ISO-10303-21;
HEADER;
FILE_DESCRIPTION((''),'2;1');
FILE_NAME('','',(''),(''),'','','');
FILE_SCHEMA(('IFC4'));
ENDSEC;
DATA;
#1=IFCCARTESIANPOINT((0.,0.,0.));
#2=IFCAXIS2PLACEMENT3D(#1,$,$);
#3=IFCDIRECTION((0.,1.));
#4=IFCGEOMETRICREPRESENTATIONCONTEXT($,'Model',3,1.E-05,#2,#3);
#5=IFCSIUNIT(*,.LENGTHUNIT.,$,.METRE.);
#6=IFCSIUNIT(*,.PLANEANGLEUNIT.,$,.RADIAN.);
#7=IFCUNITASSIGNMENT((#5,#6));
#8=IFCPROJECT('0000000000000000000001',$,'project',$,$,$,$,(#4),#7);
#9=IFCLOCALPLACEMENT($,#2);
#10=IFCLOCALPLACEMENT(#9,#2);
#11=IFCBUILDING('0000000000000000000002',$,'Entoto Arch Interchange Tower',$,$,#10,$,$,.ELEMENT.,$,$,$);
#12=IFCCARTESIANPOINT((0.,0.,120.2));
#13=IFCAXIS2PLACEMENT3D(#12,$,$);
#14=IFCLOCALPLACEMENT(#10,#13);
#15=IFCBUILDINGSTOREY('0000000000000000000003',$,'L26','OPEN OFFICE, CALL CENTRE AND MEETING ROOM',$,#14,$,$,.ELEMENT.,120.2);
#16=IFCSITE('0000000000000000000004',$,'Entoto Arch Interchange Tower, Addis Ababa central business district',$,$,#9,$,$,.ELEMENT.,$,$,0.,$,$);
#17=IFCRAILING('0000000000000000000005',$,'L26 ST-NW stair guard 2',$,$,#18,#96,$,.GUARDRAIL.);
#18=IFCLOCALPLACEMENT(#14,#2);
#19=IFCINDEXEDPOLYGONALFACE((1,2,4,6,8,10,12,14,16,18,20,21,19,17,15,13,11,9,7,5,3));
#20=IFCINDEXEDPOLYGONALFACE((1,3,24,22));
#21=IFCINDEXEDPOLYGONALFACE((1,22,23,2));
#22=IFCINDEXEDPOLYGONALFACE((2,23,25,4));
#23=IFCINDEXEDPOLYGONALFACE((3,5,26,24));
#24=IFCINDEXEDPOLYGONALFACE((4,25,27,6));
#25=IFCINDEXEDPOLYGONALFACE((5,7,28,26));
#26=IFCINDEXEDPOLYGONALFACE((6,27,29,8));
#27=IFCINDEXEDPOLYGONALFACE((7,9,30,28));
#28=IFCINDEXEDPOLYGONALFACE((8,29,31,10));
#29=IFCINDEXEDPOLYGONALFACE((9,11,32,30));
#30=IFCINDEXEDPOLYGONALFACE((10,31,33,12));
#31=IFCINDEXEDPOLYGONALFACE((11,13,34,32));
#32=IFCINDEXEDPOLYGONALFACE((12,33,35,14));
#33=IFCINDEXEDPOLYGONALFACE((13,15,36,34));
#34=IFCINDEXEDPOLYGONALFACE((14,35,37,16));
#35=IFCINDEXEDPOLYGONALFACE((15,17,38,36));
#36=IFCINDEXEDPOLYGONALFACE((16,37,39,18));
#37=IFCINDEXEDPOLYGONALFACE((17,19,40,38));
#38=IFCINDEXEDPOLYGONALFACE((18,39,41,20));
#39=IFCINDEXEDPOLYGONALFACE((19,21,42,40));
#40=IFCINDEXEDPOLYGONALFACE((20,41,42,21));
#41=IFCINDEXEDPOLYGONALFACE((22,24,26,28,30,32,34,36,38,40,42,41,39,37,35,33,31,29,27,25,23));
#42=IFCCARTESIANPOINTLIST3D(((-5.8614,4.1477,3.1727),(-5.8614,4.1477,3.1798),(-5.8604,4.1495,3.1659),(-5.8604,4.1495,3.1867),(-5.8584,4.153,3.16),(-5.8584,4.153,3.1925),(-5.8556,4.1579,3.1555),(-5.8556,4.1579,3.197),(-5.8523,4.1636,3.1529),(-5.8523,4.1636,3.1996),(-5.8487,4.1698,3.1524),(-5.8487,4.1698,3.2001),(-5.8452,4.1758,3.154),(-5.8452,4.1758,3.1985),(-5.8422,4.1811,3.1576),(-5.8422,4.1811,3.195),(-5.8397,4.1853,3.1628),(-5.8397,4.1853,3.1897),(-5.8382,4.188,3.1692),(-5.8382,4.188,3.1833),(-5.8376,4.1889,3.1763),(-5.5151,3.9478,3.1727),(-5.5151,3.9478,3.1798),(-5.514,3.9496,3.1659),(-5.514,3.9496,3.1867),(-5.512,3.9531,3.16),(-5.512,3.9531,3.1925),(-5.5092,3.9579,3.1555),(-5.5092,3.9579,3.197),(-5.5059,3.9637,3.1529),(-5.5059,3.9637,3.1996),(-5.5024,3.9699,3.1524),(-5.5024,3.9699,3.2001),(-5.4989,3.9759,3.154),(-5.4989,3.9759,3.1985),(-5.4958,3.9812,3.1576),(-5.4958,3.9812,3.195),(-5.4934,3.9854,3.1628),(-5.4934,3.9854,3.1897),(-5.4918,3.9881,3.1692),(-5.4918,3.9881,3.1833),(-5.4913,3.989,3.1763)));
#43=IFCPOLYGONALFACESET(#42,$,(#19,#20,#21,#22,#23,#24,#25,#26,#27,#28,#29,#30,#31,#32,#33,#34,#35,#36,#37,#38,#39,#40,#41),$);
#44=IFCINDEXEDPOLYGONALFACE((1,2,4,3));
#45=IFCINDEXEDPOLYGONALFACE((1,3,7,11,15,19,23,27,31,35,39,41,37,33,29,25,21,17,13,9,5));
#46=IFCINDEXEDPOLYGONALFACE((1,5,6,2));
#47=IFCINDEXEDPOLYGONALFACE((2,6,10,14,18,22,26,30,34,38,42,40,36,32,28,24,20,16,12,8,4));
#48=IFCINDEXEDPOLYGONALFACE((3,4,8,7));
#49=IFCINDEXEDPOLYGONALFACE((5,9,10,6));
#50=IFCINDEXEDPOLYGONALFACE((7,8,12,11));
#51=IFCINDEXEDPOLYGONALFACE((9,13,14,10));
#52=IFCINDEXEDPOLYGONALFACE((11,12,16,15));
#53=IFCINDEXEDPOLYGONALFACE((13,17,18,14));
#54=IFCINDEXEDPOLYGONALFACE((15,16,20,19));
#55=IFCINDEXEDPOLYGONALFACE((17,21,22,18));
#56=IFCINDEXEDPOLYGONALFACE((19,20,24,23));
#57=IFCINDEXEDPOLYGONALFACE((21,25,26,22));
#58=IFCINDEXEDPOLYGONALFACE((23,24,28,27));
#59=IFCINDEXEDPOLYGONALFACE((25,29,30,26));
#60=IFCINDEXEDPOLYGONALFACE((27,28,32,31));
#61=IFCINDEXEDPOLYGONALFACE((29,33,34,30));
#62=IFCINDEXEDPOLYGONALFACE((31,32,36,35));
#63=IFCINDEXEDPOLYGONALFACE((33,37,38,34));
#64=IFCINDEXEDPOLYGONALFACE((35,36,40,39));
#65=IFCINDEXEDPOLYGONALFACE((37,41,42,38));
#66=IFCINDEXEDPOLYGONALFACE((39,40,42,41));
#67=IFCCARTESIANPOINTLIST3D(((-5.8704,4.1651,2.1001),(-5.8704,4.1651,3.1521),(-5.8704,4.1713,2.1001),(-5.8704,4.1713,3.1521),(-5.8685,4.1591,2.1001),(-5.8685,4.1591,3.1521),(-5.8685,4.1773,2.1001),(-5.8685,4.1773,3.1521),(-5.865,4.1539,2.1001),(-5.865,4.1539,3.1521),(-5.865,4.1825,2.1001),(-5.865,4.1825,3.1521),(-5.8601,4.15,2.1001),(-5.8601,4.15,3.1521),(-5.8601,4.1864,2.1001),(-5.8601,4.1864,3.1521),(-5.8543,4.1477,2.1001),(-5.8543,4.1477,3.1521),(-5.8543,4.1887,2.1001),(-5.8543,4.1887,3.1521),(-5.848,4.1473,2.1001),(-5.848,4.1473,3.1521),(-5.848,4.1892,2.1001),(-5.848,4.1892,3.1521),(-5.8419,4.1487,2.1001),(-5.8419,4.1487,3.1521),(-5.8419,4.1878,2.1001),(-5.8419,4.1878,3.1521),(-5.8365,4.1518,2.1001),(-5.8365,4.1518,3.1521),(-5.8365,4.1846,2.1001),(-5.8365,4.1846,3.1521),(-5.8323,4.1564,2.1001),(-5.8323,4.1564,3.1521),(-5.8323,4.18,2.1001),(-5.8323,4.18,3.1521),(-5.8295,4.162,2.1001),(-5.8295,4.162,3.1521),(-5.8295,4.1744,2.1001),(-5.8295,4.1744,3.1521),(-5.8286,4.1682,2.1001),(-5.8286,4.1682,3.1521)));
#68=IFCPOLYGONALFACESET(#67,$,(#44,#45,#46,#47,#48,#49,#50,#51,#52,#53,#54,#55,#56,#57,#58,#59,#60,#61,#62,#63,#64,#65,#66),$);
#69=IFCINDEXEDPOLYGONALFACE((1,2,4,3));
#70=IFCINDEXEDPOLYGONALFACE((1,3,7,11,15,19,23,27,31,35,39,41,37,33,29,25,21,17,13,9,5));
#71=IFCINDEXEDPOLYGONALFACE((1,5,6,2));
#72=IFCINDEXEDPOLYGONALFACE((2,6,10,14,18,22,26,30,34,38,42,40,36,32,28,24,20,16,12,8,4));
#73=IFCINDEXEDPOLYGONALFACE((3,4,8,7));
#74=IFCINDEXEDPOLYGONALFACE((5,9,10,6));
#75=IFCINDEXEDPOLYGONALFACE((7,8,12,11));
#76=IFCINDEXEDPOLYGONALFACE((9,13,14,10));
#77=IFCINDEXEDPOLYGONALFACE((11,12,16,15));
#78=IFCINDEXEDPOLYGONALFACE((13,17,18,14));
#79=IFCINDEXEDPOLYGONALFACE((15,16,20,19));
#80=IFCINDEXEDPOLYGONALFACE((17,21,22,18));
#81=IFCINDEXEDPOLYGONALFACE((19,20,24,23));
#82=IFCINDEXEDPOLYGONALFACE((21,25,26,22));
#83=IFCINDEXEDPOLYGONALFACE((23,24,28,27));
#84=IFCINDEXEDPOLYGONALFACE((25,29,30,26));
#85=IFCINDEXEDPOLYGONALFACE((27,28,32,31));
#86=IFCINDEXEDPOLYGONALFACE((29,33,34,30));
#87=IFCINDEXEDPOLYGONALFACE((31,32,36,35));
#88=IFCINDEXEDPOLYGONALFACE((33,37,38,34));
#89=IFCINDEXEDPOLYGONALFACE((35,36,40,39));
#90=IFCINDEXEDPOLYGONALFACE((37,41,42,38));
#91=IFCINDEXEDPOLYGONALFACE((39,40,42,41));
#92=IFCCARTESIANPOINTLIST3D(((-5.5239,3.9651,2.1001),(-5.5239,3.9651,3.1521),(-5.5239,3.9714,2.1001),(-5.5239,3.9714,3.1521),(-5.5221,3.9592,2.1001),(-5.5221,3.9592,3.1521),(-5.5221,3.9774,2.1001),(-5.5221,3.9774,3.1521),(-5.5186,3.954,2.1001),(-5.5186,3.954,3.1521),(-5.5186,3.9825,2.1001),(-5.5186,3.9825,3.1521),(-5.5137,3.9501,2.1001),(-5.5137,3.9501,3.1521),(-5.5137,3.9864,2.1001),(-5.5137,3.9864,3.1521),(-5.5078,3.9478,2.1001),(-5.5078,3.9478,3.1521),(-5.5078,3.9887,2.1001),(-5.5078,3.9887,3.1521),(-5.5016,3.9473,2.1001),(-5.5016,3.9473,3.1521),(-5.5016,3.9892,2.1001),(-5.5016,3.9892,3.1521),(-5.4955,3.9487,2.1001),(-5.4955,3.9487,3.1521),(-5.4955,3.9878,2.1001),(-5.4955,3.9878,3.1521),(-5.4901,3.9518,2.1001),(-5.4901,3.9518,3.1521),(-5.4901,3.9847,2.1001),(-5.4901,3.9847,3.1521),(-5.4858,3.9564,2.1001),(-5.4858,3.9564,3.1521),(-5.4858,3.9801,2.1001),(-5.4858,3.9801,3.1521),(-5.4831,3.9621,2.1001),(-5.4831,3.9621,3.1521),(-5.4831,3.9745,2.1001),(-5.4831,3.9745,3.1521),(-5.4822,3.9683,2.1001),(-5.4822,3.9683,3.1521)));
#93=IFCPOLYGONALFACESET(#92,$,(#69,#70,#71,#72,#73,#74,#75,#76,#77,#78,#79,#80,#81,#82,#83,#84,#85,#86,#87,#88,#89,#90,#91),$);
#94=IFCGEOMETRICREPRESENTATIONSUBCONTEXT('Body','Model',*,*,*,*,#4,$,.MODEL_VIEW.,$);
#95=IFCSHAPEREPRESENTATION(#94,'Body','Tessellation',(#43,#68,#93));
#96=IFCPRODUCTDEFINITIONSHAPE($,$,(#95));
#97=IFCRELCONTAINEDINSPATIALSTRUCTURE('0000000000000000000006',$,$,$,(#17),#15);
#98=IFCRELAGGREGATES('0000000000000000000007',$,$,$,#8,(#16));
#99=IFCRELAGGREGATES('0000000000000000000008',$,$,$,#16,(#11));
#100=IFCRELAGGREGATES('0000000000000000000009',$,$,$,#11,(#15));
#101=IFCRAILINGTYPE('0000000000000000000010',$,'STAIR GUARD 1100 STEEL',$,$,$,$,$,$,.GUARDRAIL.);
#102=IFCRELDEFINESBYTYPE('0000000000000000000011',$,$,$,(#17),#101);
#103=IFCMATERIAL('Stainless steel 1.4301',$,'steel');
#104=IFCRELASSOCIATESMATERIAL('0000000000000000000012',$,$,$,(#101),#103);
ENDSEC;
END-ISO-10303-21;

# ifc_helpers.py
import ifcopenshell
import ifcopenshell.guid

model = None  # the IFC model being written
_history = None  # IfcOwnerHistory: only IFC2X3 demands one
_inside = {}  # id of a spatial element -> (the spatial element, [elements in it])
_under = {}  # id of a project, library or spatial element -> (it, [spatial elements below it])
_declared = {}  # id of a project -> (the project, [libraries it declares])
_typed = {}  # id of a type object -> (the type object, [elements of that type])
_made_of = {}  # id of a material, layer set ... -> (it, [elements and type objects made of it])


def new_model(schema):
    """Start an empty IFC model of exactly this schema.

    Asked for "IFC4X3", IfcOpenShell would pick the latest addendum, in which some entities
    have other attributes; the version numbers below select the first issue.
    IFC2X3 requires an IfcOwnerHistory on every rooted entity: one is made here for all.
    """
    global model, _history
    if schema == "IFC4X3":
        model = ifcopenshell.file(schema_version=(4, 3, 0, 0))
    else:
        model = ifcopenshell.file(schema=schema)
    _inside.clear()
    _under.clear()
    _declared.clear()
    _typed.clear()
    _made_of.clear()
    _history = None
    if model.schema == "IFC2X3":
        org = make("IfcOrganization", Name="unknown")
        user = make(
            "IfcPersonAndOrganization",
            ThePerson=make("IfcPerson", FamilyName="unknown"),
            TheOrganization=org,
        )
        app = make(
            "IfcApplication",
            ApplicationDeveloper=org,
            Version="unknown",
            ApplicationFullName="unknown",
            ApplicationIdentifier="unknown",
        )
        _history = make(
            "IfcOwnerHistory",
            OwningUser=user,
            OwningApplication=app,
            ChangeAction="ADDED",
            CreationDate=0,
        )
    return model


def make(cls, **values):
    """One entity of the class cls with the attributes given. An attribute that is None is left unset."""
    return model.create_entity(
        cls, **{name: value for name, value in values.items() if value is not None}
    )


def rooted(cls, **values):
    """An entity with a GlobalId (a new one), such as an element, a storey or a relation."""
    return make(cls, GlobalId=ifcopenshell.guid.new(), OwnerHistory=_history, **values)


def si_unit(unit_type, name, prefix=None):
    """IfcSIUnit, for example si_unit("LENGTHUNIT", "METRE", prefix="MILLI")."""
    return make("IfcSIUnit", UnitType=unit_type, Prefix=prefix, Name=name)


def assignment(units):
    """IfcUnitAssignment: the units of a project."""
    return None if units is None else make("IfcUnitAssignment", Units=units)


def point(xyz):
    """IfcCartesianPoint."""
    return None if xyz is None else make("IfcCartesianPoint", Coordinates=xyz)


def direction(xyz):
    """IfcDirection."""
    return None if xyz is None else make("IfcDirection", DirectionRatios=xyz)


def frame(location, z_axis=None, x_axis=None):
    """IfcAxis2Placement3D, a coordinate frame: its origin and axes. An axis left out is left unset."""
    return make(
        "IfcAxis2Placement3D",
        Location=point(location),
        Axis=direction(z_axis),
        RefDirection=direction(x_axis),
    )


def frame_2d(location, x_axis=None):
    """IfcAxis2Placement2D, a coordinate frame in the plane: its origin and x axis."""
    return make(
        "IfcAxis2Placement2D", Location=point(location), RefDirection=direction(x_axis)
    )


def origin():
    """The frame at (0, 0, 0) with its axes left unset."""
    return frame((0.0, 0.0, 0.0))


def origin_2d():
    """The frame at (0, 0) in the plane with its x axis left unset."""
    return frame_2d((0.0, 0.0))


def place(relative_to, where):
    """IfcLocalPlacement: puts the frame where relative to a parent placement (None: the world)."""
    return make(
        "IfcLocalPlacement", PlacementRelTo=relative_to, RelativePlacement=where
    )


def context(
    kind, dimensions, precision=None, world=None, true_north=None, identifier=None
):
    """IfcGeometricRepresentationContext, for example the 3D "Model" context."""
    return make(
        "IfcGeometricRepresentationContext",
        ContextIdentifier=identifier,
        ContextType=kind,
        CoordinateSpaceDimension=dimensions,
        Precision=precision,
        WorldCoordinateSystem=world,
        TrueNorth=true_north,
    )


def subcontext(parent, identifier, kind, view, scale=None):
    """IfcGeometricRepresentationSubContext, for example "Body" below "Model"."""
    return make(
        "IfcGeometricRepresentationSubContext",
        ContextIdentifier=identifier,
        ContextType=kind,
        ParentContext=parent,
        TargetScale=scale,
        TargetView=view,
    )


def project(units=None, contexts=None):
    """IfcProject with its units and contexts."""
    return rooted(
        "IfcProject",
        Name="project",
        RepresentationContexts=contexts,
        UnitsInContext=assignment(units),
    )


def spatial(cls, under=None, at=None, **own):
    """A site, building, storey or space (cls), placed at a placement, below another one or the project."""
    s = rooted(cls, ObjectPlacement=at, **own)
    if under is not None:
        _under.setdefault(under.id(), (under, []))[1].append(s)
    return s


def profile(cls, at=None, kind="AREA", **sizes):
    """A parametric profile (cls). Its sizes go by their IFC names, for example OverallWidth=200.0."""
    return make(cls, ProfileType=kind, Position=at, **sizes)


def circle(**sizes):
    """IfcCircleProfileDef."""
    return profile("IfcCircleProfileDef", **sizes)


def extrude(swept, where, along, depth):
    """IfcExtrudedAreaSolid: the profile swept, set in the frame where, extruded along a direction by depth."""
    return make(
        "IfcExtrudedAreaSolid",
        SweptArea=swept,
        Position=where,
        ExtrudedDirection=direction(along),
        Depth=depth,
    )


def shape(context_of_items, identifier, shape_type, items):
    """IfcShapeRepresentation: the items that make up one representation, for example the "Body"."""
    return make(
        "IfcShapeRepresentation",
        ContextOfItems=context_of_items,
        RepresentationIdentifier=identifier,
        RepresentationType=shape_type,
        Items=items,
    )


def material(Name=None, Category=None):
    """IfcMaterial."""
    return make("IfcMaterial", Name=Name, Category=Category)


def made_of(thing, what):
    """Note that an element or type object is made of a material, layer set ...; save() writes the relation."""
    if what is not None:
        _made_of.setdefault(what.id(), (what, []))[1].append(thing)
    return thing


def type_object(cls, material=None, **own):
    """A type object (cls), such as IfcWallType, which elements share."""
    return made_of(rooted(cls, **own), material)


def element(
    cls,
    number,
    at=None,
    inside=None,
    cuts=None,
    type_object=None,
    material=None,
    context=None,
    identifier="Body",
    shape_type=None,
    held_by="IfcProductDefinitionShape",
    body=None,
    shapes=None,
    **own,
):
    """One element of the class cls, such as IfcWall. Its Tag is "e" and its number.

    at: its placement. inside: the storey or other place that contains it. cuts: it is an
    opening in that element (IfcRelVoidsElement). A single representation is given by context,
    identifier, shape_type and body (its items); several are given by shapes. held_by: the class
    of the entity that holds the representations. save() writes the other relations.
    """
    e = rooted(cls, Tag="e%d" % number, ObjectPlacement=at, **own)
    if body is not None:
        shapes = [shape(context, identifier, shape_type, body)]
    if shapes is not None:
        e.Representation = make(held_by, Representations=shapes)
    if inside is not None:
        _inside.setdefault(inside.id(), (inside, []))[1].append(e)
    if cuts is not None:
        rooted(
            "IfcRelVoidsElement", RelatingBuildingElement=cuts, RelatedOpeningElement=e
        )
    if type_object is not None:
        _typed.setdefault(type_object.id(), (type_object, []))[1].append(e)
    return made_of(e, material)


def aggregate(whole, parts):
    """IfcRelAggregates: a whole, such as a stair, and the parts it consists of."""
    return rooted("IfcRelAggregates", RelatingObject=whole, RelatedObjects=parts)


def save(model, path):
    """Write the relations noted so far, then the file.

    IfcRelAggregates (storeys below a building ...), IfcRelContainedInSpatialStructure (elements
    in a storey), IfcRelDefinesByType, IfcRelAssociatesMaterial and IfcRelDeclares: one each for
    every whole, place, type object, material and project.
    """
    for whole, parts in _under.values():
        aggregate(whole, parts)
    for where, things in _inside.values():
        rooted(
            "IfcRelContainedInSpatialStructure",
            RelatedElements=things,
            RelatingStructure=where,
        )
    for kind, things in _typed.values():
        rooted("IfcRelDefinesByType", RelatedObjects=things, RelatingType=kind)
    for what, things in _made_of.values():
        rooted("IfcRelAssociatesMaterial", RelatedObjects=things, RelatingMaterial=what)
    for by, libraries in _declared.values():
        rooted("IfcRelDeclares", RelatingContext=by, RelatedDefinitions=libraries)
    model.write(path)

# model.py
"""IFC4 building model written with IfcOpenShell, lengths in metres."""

from ifc_helpers import new_model, si_unit, direction, frame, origin, origin_2d, place, context, subcontext, project, spatial, circle, extrude, material, type_object, element, save


model = new_model("IFC4")

# Units and contexts
model_context = context("Model", 3, precision=1e-05, world=origin(), true_north=direction((0.0, 1.0)))
body_context = subcontext(model_context, "Body", "Model", "MODEL_VIEW")
ifc_project = project(units=[si_unit("LENGTHUNIT", "METRE"), si_unit("PLANEANGLEUNIT", "RADIAN")], contexts=[model_context])

# Site, building, storey
site_placement = place(None, origin())
site = spatial("IfcSite", under=ifc_project, at=site_placement, Name="Entoto Arch Interchange Tower, Addis Ababa central business district", CompositionType="ELEMENT", RefElevation=0.0)
building_placement = place(site_placement, origin())
building = spatial("IfcBuilding", under=site, at=building_placement, Name="Entoto Arch Interchange Tower", CompositionType="ELEMENT")
storey_placement = place(building_placement, frame((0.0, 0.0, 120.2)))
storey = spatial("IfcBuildingStorey", under=building, at=storey_placement, Name="L26", Description="OPEN OFFICE, CALL CENTRE AND MEETING ROOM", CompositionType="ELEMENT", Elevation=120.2)

# Railing
ifc_material_1 = material(Name="Stainless steel 1.4301", Category="steel")
railing_type_1 = type_object("IfcRailingType", Name="STAIR GUARD 1100 STEEL", PredefinedType="GUARDRAIL", material=ifc_material_1)
railing_1_placement = place(storey_placement, frame((-5.8496, 4.1682, 2.1001)))
element("IfcRailing", 1, at=railing_1_placement, inside=storey, type_object=railing_type_1, Name="L26 ST-NW stair guard 2", PredefinedType="GUARDRAIL", context=body_context, shape_type="SweptSolid", body=[
    extrude(circle(Radius=0.0239, at=origin_2d()), frame((0.0, 0.0, 1.0762), z_axis=(0.866094, -0.499881, 0.0), x_axis=(0.499881, 0.866094, 0.0)), (0.0, 0.0, 1.0), 0.3999),
    extrude(circle(Radius=0.021, at=origin_2d()), origin(), (0.0, 0.0, 1.0), 1.052),
    extrude(circle(Radius=0.021, at=origin_2d()), frame((0.3464, -0.2, 0.0)), (0.0, 0.0, 1.0), 1.052),
])

save(model, "model.ifc")
